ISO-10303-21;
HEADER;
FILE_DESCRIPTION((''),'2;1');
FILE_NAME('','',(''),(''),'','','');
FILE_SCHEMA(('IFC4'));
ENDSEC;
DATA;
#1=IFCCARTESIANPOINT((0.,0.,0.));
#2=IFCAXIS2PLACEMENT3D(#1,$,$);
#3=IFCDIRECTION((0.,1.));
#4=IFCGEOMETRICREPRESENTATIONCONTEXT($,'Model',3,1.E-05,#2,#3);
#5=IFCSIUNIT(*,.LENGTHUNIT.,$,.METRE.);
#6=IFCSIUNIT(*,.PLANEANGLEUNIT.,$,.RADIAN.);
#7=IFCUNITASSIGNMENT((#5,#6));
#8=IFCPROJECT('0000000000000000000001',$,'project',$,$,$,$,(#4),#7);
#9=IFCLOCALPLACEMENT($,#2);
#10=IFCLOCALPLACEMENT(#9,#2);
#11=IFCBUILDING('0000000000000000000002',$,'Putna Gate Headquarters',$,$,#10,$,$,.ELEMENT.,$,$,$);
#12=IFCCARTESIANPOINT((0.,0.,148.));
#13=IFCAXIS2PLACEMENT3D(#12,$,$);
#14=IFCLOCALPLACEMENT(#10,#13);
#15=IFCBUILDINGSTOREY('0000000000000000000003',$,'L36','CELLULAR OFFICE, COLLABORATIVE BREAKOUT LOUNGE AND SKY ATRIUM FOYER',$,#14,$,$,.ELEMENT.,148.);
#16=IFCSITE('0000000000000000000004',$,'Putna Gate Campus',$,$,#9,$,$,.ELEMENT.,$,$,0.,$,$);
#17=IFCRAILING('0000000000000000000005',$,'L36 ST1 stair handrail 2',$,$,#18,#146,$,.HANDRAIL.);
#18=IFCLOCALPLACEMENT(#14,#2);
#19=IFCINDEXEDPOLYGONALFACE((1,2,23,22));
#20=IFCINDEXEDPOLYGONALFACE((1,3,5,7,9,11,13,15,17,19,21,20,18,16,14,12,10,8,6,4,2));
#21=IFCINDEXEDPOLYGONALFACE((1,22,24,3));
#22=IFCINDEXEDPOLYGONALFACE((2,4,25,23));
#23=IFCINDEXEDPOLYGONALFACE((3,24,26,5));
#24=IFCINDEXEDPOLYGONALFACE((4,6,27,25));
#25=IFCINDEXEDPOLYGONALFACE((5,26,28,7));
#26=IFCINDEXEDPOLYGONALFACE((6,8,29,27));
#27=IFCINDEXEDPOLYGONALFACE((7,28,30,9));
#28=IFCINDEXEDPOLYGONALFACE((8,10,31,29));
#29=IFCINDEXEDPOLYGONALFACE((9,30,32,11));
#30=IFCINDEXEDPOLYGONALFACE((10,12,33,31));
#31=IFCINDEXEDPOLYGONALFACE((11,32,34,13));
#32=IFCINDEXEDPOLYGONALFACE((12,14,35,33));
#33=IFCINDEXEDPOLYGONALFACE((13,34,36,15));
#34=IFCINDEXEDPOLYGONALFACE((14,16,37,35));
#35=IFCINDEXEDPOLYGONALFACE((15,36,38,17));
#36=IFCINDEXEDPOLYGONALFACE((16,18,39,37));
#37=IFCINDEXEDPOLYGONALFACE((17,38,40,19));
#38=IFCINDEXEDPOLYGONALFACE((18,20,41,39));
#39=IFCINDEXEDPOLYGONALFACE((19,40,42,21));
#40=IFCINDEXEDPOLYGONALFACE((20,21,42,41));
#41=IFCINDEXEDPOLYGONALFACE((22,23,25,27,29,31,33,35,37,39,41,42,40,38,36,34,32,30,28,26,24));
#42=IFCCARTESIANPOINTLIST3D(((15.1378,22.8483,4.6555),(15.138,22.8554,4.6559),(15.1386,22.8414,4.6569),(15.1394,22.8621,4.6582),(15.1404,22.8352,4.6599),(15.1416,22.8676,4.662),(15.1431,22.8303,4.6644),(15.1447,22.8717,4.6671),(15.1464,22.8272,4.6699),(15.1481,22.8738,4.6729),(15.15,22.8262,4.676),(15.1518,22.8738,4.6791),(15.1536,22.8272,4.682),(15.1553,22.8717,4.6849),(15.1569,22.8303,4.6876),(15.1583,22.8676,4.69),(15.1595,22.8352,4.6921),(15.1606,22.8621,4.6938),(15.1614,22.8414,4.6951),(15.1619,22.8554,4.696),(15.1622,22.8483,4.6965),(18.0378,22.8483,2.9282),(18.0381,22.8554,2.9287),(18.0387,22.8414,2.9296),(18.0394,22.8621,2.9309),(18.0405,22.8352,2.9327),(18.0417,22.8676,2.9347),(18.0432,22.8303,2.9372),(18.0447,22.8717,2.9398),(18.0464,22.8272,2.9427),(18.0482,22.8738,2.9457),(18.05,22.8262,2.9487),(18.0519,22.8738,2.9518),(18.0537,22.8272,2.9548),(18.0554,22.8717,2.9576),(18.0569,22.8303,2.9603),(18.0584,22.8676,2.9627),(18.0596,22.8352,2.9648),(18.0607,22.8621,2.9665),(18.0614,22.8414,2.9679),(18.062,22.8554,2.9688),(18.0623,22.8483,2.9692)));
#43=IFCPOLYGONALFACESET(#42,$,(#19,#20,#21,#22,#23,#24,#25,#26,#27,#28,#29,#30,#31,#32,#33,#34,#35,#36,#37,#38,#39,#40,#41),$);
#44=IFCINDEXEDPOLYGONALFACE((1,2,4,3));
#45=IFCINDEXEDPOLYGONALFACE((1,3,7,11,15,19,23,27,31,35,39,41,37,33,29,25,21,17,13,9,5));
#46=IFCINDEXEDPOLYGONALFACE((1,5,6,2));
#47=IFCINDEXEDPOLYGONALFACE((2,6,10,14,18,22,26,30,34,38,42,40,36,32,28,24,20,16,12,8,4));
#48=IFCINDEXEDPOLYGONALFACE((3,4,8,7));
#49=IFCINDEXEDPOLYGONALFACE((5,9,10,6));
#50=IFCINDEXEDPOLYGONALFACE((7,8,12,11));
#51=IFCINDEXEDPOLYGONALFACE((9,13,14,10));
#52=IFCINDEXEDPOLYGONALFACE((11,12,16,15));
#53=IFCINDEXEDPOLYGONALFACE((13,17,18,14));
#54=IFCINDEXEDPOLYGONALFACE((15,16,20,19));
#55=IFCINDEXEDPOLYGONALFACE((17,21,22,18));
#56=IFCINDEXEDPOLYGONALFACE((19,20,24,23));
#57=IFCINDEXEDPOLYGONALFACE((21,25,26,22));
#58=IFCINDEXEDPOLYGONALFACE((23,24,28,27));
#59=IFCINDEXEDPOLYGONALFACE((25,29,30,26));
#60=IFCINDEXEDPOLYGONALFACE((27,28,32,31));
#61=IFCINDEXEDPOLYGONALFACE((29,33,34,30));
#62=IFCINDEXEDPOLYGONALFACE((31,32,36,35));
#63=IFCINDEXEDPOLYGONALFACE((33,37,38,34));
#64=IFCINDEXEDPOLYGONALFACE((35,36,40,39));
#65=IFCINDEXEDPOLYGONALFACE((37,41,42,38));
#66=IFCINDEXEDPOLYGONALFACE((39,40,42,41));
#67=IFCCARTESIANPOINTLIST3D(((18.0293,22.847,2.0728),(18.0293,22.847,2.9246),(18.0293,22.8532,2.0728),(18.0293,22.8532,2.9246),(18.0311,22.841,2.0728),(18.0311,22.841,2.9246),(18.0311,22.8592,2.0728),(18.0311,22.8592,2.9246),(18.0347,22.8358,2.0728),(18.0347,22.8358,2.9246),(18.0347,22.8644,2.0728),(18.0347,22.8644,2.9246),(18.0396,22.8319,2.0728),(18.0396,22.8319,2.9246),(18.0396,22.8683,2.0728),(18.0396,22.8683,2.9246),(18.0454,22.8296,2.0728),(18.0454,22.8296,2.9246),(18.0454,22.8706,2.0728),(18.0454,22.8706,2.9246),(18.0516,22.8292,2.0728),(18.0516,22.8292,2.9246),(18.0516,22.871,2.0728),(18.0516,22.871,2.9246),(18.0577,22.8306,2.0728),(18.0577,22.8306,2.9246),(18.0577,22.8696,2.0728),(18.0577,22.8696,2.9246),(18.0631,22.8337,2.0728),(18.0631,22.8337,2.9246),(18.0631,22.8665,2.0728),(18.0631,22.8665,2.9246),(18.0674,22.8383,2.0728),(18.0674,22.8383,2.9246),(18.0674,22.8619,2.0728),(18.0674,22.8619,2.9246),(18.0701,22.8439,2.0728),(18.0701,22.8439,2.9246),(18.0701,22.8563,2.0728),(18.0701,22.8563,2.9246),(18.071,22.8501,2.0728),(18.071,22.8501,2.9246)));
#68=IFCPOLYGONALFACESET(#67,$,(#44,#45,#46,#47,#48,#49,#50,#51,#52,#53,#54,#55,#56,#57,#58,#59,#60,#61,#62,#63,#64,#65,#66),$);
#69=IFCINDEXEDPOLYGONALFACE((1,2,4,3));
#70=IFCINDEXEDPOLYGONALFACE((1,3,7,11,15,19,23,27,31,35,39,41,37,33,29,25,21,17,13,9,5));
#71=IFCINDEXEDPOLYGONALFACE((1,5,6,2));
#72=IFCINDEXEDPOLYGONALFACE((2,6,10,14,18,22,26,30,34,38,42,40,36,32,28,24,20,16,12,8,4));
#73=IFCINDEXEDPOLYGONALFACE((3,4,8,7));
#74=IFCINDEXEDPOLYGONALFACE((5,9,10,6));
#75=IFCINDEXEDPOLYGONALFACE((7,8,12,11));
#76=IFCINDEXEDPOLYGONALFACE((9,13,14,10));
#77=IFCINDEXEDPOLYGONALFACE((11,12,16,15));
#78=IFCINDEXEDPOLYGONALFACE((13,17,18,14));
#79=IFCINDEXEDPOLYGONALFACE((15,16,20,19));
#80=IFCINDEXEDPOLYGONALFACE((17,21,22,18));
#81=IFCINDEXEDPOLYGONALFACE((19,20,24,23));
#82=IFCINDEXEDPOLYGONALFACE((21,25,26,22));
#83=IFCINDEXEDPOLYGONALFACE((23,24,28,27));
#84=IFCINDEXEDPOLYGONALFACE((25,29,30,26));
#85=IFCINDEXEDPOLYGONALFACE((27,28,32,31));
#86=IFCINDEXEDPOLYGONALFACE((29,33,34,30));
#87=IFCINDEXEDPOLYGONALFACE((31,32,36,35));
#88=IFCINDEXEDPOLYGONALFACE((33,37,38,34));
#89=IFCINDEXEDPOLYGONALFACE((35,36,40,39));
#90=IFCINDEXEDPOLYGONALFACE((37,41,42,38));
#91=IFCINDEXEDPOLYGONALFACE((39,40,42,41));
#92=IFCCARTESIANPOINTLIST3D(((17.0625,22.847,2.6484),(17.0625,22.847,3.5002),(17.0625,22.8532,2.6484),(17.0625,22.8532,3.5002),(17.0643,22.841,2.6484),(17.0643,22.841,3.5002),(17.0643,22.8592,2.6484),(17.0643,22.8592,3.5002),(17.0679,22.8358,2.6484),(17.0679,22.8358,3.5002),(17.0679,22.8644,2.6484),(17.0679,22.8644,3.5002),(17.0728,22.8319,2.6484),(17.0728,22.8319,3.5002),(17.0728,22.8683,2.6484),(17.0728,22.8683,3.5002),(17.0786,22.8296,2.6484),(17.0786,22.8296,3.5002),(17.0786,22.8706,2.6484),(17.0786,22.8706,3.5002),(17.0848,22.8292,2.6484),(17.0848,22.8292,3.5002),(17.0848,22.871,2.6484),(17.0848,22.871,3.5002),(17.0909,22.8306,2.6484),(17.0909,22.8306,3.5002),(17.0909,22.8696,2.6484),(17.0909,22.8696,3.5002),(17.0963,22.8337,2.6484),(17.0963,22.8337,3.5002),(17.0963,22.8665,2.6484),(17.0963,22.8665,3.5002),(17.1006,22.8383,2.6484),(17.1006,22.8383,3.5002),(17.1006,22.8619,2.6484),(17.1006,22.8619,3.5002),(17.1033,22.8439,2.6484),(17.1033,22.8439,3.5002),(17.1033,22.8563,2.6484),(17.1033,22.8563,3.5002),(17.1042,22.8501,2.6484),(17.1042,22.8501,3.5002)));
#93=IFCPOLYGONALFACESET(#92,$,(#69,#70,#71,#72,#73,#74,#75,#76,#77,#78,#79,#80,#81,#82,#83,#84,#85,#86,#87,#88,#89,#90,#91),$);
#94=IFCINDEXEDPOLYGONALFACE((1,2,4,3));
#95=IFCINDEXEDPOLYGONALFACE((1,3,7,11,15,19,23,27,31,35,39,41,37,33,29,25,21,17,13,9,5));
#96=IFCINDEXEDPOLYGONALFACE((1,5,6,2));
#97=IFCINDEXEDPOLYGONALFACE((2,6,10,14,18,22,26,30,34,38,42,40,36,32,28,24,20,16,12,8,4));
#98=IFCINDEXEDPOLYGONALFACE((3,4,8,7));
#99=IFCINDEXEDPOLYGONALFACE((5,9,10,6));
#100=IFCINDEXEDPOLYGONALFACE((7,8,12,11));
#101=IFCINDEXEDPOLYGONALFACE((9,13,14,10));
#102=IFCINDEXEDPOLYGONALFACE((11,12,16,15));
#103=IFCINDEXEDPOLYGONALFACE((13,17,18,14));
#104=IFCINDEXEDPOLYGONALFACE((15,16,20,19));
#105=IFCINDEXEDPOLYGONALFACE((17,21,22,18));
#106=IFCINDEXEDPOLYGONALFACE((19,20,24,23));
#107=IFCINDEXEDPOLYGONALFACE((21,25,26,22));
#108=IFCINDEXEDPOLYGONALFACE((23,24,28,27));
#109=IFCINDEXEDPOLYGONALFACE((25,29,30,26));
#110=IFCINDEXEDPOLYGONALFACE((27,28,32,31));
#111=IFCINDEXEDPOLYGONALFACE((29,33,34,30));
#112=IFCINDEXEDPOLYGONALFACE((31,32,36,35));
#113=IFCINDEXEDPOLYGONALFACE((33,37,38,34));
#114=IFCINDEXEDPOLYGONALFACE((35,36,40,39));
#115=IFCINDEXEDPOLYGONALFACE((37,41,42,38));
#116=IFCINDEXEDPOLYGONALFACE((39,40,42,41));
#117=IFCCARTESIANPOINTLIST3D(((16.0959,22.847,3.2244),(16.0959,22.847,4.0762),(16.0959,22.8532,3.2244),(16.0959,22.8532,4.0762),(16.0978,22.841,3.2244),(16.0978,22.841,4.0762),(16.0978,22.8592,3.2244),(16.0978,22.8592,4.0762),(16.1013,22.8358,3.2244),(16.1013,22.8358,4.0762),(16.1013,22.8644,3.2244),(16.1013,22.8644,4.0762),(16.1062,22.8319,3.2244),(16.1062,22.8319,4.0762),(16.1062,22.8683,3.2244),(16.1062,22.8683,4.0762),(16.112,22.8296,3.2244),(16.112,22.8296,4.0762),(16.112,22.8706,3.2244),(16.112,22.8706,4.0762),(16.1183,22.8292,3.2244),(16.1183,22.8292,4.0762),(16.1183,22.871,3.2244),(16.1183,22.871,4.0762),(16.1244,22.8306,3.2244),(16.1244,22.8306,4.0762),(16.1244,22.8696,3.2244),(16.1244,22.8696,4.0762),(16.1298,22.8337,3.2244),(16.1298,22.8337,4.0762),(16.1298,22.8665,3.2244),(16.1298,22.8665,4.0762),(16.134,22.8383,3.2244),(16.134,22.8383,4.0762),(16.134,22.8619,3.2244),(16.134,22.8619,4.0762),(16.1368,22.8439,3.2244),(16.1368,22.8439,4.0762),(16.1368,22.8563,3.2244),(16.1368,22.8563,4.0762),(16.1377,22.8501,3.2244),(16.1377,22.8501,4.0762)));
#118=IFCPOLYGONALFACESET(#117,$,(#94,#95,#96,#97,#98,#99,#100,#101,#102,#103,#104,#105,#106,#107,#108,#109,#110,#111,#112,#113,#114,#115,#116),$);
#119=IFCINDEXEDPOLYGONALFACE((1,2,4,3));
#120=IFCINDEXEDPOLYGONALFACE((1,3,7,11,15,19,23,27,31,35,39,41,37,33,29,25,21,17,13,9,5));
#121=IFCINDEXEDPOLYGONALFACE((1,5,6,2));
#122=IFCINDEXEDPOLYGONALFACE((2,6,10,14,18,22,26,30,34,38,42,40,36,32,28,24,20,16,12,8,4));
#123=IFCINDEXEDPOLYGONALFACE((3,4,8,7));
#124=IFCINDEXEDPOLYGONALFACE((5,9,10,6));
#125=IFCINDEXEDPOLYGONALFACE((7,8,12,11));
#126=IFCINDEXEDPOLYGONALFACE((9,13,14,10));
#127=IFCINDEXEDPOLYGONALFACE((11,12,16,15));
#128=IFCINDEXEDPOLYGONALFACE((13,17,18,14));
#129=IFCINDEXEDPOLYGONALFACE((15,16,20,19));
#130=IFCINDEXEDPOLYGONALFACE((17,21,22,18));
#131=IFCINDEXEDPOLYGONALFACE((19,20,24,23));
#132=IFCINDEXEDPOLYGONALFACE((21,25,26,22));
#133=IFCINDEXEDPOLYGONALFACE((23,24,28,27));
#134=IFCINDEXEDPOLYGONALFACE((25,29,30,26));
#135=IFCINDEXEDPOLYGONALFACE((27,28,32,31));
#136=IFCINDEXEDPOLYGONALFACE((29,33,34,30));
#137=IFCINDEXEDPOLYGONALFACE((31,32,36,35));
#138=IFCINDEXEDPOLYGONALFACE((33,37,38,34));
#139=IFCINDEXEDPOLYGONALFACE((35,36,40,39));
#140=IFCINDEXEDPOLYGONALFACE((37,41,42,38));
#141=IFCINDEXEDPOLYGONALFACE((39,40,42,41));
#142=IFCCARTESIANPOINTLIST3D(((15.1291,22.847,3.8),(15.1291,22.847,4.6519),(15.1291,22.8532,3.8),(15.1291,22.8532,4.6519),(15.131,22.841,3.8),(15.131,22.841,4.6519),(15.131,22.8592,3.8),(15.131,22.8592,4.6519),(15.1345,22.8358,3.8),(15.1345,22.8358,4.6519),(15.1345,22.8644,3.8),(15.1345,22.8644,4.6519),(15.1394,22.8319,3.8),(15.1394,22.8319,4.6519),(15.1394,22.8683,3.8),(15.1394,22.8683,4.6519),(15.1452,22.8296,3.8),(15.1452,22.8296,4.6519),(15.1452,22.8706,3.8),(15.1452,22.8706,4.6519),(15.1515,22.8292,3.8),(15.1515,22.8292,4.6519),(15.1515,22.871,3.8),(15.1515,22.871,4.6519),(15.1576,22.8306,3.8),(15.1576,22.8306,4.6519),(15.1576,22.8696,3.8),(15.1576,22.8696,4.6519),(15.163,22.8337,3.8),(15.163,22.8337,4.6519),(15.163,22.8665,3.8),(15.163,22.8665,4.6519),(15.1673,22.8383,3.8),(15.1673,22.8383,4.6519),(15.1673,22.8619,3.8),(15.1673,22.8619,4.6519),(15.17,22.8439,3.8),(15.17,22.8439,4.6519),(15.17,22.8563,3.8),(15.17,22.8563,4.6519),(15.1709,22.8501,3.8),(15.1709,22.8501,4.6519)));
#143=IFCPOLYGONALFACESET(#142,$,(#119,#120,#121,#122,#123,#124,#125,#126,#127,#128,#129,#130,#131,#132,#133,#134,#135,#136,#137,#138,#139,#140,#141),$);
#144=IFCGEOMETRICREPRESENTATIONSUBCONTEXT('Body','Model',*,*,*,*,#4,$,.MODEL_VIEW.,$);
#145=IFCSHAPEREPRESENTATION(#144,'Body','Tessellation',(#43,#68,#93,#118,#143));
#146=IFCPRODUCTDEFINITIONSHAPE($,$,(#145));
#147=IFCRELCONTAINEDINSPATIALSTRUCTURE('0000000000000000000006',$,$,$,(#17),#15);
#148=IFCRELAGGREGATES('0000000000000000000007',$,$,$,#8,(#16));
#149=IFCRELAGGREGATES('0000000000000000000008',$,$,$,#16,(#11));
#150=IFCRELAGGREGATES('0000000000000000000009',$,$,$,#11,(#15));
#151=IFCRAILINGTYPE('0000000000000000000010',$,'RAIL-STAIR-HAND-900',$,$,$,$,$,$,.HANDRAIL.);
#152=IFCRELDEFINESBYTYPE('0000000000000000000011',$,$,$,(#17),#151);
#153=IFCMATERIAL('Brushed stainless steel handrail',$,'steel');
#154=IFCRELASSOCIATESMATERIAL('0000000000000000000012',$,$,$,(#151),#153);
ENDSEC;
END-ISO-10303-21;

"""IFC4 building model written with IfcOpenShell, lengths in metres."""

from ifc_helpers import new_model, si_unit, direction, frame, origin, origin_2d, place, context, subcontext, project, spatial, circle, extrude, material, type_object, element, save


model = new_model("IFC4")

# Units and contexts
model_context = context("Model", 3, precision=1e-05, world=origin(), true_north=direction((0.0, 1.0)))
body_context = subcontext(model_context, "Body", "Model", "MODEL_VIEW")
ifc_project = project(units=[si_unit("LENGTHUNIT", "METRE"), si_unit("PLANEANGLEUNIT", "RADIAN")], contexts=[model_context])

# Site, building, storey
site_placement = place(None, origin())
site = spatial("IfcSite", under=ifc_project, at=site_placement, Name="Putna Gate Campus", CompositionType="ELEMENT", RefElevation=0.0)
building_placement = place(site_placement, origin())
building = spatial("IfcBuilding", under=site, at=building_placement, Name="Putna Gate Headquarters", CompositionType="ELEMENT")
storey_placement = place(building_placement, frame((0.0, 0.0, 148.0)))
storey = spatial("IfcBuildingStorey", under=building, at=storey_placement, Name="L36", Description="CELLULAR OFFICE, COLLABORATIVE BREAKOUT LOUNGE AND SKY ATRIUM FOYER", CompositionType="ELEMENT", Elevation=148.0)

# Railing
ifc_material_1 = material(Name="Brushed stainless steel handrail", Category="steel")
railing_type_1 = type_object("IfcRailingType", Name="RAIL-STAIR-HAND-900", PredefinedType="HANDRAIL", material=ifc_material_1)
railing_1_placement = place(storey_placement, frame((18.05, 22.8501, 2.0728)))
element("IfcRailing", 1, at=railing_1_placement, inside=storey, type_object=railing_type_1, Name="L36 ST1 stair handrail 2", PredefinedType="HANDRAIL", context=body_context, shape_type="SweptSolid", body=[
    extrude(circle(Radius=0.0239, at=origin_2d()), frame((0.0, 0.0, 0.876), z_axis=(-0.85916, 0.0, 0.511706), x_axis=(0.0, -1.0, 0.0)), (0.0, 0.0, 1.0), 3.3755),
    extrude(circle(Radius=0.021, at=origin_2d()), origin(), (0.0, 0.0, 1.0), 0.8518),
    extrude(circle(Radius=0.021, at=origin_2d()), frame((-0.9668, 0.0, 0.5757)), (0.0, 0.0, 1.0), 0.8518),
    extrude(circle(Radius=0.021, at=origin_2d()), frame((-1.9333, 0.0, 1.1516)), (0.0, 0.0, 1.0), 0.8518),
    extrude(circle(Radius=0.021, at=origin_2d()), frame((-2.9001, 0.0, 1.7273)), (0.0, 0.0, 1.0), 0.8518),
])

save(model, "model.ifc")
